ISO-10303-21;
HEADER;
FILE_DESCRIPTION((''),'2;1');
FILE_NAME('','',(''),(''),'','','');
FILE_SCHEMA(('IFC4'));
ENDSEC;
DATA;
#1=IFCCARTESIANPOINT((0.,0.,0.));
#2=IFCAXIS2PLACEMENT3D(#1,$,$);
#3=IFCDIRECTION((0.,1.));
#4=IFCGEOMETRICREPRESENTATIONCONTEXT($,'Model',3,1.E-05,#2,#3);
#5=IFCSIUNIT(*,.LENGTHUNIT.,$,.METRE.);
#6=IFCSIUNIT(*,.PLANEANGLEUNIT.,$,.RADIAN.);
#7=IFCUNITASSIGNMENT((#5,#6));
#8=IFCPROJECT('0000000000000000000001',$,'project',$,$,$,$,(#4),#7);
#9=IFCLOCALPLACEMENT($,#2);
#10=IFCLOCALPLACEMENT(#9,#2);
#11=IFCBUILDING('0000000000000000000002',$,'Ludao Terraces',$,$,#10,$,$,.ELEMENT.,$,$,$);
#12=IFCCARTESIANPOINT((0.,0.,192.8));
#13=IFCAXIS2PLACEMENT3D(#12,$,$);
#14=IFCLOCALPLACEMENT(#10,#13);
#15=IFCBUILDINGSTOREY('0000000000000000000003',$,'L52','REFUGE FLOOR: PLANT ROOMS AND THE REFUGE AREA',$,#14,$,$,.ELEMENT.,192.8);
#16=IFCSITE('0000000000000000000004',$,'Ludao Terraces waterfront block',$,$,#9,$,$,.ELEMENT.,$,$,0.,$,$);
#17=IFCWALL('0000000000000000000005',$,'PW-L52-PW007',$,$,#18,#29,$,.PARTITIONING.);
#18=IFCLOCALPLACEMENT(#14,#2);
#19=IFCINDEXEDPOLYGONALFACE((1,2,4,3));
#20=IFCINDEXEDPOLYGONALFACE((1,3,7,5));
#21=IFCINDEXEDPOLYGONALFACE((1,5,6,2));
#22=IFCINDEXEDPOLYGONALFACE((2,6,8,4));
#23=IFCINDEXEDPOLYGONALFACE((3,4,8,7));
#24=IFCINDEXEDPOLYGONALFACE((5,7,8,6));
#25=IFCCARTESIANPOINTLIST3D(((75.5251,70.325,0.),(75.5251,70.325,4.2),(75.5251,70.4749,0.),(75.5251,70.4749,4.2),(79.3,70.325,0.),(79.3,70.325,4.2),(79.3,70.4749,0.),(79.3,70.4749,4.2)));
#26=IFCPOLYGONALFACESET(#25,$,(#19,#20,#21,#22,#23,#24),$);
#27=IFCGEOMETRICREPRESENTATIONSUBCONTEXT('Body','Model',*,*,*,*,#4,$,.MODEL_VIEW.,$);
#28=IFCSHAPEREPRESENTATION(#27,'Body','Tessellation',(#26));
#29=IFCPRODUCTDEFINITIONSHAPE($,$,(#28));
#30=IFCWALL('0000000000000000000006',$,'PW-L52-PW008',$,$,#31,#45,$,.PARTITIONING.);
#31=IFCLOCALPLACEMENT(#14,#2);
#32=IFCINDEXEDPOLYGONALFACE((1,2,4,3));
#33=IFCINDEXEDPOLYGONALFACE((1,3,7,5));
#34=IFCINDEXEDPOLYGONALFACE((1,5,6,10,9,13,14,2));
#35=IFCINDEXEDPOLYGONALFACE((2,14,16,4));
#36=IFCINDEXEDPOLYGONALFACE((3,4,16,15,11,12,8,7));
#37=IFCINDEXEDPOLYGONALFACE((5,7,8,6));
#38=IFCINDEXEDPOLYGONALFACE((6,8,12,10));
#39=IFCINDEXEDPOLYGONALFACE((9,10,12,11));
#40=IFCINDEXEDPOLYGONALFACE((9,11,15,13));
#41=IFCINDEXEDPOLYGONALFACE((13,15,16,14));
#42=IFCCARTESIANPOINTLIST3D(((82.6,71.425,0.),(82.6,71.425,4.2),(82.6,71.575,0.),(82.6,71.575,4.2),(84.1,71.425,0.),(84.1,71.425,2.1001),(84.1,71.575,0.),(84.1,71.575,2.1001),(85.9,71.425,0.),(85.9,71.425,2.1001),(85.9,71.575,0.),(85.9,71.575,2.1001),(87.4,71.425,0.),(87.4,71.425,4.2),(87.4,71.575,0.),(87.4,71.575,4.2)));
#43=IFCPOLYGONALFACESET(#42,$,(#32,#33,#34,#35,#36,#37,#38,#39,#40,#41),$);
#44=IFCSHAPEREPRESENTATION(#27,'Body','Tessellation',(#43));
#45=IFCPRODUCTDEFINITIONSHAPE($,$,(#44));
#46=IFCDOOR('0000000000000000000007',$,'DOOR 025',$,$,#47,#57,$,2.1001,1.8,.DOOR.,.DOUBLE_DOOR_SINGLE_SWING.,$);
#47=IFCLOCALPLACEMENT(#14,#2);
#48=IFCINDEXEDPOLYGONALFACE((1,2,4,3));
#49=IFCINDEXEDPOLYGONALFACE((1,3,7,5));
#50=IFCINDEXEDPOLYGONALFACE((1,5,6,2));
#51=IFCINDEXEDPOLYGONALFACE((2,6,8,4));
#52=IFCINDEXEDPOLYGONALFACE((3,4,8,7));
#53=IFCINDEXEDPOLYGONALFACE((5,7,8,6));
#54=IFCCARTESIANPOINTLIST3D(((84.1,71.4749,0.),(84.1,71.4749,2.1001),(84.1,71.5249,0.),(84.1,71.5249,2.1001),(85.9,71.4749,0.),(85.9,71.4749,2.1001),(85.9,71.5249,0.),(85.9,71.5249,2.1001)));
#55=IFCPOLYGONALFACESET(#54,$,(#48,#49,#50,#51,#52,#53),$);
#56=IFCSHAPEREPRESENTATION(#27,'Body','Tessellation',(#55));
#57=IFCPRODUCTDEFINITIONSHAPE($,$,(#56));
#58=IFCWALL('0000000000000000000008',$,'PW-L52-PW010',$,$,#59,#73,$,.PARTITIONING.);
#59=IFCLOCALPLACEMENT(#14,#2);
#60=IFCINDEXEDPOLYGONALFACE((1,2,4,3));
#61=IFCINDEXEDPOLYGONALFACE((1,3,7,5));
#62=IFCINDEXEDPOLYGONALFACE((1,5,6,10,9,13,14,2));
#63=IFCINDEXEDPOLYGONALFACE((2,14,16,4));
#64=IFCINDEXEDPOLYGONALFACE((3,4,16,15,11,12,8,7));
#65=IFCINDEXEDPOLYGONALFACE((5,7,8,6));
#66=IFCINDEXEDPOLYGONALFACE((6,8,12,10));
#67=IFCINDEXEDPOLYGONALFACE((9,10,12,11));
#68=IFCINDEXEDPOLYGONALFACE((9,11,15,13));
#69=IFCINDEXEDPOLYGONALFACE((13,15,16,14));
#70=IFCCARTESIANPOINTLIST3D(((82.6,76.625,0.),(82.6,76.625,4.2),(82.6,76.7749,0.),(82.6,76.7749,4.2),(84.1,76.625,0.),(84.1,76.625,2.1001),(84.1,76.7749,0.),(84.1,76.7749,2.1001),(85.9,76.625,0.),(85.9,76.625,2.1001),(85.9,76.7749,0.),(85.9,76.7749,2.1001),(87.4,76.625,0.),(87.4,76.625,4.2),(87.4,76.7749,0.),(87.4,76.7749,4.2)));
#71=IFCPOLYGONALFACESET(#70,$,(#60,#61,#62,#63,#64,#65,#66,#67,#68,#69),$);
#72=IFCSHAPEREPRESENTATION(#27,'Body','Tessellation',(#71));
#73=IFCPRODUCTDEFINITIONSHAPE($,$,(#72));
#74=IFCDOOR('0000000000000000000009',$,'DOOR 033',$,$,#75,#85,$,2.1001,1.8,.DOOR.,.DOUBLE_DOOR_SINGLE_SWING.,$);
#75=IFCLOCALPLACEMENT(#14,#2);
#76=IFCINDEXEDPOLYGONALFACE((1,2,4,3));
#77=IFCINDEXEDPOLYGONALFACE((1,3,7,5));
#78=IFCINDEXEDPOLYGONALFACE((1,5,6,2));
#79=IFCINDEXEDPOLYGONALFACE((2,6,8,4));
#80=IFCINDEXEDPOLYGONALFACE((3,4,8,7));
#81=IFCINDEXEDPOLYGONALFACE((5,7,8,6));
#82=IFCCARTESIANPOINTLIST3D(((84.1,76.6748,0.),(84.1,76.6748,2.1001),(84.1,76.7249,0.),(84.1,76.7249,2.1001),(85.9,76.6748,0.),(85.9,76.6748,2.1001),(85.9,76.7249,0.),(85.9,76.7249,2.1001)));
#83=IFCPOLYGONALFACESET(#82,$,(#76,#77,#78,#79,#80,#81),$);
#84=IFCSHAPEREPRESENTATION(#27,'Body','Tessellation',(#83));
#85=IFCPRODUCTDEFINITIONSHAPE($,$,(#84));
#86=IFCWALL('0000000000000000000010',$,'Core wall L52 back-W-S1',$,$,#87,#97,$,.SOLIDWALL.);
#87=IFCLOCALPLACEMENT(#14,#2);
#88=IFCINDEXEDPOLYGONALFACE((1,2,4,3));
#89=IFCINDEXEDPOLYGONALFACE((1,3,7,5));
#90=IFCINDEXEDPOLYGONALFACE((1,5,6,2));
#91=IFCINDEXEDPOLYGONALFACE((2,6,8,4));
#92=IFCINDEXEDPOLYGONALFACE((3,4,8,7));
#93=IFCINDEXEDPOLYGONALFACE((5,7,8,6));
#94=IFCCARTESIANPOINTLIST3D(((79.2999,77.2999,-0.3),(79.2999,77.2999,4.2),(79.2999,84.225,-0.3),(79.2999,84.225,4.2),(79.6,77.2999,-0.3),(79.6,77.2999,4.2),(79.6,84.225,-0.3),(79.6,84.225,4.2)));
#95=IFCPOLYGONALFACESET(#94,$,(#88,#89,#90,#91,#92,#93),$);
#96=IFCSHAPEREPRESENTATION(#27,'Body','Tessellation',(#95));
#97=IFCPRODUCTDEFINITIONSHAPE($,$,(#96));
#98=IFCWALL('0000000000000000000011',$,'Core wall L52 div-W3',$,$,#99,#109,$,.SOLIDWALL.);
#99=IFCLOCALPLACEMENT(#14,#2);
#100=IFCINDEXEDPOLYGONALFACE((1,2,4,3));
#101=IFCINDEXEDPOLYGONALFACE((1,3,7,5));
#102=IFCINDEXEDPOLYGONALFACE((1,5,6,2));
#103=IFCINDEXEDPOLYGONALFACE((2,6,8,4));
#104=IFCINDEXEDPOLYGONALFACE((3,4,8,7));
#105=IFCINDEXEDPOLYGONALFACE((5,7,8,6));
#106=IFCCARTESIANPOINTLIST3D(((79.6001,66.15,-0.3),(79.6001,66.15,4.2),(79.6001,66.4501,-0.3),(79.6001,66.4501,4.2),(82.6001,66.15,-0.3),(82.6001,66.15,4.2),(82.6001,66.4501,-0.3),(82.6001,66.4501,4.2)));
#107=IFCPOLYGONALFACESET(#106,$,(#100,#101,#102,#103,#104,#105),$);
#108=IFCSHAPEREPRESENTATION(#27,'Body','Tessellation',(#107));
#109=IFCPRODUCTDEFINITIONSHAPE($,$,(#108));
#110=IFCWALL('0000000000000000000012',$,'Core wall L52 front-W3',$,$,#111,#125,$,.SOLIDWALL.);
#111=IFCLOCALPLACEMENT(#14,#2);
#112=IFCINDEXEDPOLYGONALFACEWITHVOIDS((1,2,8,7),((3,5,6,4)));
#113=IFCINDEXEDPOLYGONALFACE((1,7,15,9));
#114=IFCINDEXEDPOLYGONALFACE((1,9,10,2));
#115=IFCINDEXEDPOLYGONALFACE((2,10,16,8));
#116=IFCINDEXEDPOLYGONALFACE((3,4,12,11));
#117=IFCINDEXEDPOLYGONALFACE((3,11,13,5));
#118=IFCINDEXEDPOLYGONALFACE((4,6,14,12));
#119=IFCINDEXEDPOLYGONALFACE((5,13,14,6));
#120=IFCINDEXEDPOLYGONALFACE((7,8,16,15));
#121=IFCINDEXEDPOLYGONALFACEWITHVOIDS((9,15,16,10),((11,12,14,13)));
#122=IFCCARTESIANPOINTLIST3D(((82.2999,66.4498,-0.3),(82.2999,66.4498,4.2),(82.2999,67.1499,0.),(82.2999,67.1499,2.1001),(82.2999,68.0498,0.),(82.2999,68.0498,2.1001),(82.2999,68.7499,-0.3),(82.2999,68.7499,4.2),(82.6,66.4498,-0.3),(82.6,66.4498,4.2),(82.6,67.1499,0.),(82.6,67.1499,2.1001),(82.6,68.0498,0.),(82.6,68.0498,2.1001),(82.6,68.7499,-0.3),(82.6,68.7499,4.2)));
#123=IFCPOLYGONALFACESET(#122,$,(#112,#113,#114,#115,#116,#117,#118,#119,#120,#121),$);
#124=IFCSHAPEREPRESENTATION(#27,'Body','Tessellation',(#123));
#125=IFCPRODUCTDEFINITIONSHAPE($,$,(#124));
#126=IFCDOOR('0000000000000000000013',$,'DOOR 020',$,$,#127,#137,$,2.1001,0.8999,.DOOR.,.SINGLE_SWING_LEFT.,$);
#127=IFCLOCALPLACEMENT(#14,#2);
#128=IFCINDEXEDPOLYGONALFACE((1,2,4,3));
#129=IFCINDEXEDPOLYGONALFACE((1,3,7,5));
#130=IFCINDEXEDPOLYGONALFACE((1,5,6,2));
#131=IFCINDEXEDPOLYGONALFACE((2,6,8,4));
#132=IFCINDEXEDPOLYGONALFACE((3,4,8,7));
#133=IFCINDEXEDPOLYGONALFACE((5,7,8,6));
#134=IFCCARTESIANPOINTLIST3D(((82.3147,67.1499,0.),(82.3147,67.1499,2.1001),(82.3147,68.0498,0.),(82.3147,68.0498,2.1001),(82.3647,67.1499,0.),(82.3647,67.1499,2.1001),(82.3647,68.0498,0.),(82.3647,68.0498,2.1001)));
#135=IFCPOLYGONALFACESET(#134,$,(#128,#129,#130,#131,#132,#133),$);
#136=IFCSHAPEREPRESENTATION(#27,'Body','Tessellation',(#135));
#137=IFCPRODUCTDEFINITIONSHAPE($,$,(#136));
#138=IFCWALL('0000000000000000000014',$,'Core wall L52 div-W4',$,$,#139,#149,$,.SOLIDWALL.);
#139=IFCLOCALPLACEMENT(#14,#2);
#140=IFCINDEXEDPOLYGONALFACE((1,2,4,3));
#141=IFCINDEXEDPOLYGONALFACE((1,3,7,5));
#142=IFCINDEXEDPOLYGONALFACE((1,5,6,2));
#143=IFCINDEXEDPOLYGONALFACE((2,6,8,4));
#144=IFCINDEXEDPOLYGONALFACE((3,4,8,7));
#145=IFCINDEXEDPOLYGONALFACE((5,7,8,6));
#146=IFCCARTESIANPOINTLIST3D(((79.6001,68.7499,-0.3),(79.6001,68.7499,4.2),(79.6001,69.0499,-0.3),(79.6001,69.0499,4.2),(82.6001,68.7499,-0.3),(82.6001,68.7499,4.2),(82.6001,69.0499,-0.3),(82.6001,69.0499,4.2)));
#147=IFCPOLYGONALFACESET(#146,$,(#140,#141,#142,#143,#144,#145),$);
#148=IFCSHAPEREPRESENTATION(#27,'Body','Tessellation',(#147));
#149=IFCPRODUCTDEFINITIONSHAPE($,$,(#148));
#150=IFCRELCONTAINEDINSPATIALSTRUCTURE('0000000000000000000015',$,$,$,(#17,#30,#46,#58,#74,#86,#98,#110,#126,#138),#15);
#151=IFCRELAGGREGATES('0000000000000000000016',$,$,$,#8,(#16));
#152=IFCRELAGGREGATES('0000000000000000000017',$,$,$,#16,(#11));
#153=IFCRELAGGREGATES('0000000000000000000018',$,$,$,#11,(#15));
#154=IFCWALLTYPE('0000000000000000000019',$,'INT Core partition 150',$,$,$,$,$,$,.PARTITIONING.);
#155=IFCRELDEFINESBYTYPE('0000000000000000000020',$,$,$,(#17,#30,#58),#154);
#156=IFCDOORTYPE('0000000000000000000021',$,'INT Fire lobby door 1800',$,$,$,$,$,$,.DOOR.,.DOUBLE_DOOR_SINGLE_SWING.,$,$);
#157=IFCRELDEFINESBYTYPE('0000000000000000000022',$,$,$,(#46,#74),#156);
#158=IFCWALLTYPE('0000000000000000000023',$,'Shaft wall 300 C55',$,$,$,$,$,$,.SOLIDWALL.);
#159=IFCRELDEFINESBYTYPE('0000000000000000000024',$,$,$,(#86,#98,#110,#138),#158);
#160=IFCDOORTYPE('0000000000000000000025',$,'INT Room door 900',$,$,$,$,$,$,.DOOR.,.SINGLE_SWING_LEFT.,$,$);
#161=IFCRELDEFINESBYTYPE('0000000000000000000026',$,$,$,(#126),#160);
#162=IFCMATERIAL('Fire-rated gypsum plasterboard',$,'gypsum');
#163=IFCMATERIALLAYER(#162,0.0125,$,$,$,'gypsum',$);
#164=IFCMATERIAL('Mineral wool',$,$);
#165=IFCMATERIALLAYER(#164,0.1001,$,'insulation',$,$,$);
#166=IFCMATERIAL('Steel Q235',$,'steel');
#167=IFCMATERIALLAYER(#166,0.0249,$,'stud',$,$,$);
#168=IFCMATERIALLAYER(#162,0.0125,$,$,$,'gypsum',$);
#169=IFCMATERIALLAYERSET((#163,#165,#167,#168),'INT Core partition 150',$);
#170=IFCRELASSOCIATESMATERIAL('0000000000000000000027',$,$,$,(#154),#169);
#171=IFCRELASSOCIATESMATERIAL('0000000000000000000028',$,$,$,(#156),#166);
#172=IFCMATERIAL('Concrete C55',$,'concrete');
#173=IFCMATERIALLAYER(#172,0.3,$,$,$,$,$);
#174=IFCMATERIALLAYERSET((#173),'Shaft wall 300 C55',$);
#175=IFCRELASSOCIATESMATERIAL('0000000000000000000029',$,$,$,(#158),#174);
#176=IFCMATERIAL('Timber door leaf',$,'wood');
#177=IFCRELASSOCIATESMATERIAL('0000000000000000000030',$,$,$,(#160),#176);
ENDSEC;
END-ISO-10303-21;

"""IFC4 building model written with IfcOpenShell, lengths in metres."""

from ifc_helpers import new_model, si_unit, direction, frame, frame_2d, origin, place, context, subcontext, project, spatial, rectangle, extrude, material, layer, layer_set, type_object, element, fill, save


model = new_model("IFC4")

# Units and contexts
model_context = context("Model", 3, precision=1e-05, world=origin(), true_north=direction((0.0, 1.0)))
body_context = subcontext(model_context, "Body", "Model", "MODEL_VIEW")
ifc_project = project(units=[si_unit("LENGTHUNIT", "METRE"), si_unit("PLANEANGLEUNIT", "RADIAN")], contexts=[model_context])

# Site, building, storey
site_placement = place(None, origin())
site = spatial("IfcSite", under=ifc_project, at=site_placement, Name="Ludao Terraces waterfront block", CompositionType="ELEMENT", RefElevation=0.0)
building_placement = place(site_placement, origin())
building = spatial("IfcBuilding", under=site, at=building_placement, Name="Ludao Terraces", CompositionType="ELEMENT")
storey_placement = place(building_placement, frame((0.0, 0.0, 192.8)))
storey = spatial("IfcBuildingStorey", under=building, at=storey_placement, Name="L52", Description="REFUGE FLOOR: PLANT ROOMS AND THE REFUGE AREA", CompositionType="ELEMENT", Elevation=192.8)

# Wall
ifc_material_1 = material(Name="Fire-rated gypsum plasterboard", Category="gypsum")
ifc_layer_1 = layer(ifc_material_1, 0.0125, Category="gypsum")
ifc_material_2 = material(Name="Mineral wool")
ifc_layer_2 = layer(ifc_material_2, 0.1001, Name="insulation")
ifc_material_3 = material(Name="Steel Q235", Category="steel")
ifc_layer_3 = layer(ifc_material_3, 0.0249, Name="stud")
ifc_layer_4 = layer(ifc_material_1, 0.0125, Category="gypsum")
ifc_layer_set_1 = layer_set([ifc_layer_1, ifc_layer_2, ifc_layer_3, ifc_layer_4], Name="INT Core partition 150")
wall_type_1 = type_object("IfcWallType", Name="INT Core partition 150", PredefinedType="PARTITIONING", material=ifc_layer_set_1)
wall_1_placement = place(storey_placement, frame((75.5251, 70.3999, 0.0), z_axis=(0.0, 0.0, 1.0), x_axis=(1.0, 0.0, 0.0)))
element("IfcWall", 1, at=wall_1_placement, inside=storey, type_object=wall_type_1, Name="PW-L52-PW007", PredefinedType="PARTITIONING", context=body_context, shape_type="SweptSolid", body=[
    extrude(rectangle(XDim=3.7749, YDim=0.1499, at=frame_2d((1.8875, 0.0))), origin(), (0.0, 0.0, 1.0), 4.2),
])

# Walls, openings, doors
wall_2_placement = place(storey_placement, frame((82.6001, 71.5, 0.0), z_axis=(0.0, 0.0, 1.0), x_axis=(1.0, 0.0, 0.0)))
wall_2 = element("IfcWall", 2, at=wall_2_placement, inside=storey, type_object=wall_type_1, Name="PW-L52-PW008", PredefinedType="PARTITIONING", context=body_context, shape_type="SweptSolid", body=[
    extrude(rectangle(XDim=4.8, YDim=0.1499, at=frame_2d((2.3999, 0.0))), origin(), (0.0, 0.0, 1.0), 4.2),
])
opening_1_placement = place(wall_2_placement, frame((1.5, 0.0, 0.0)))
opening_1 = element("IfcOpeningElement", 3, at=opening_1_placement, cuts=wall_2, PredefinedType="OPENING", context=body_context, shape_type="SweptSolid", body=[
    extrude(rectangle(XDim=1.8, YDim=2.1001, at=frame_2d((0.8999, 1.05))), frame((0.0, 0.085, 0.0), z_axis=(0.0, -1.0, 0.0), x_axis=(1.0, 0.0, 0.0)), (0.0, 0.0, 1.0), 0.1699),
])
door_type_1 = type_object("IfcDoorType", Name="INT Fire lobby door 1800", OperationType="DOUBLE_DOOR_SINGLE_SWING", PredefinedType="DOOR", material=ifc_material_3)
door_1_placement = place(opening_1_placement, origin())
door_1 = element("IfcDoor", 4, at=door_1_placement, inside=storey, type_object=door_type_1, Name="DOOR 025", OperationType="DOUBLE_DOOR_SINGLE_SWING", OverallHeight=2.1001, OverallWidth=1.8, PredefinedType="DOOR", context=body_context, shape_type="SweptSolid", body=[
    extrude(rectangle(XDim=1.8, YDim=2.1001, at=frame_2d((0.8999, 1.05))), frame((0.0, 0.0249, 0.0), z_axis=(0.0, -1.0, 0.0), x_axis=(1.0, 0.0, 0.0)), (0.0, 0.0, 1.0), 0.05),
])
fill(opening_1, door_1)
wall_3_placement = place(storey_placement, frame((82.6001, 76.7, 0.0), z_axis=(0.0, 0.0, 1.0), x_axis=(1.0, 0.0, 0.0)))
wall_3 = element("IfcWall", 5, at=wall_3_placement, inside=storey, type_object=wall_type_1, Name="PW-L52-PW010", PredefinedType="PARTITIONING", context=body_context, shape_type="SweptSolid", body=[
    extrude(rectangle(XDim=4.8, YDim=0.1499, at=frame_2d((2.3999, 0.0))), origin(), (0.0, 0.0, 1.0), 4.2),
])
opening_2_placement = place(wall_3_placement, frame((1.5, 0.0, 0.0)))
opening_2 = element("IfcOpeningElement", 6, at=opening_2_placement, cuts=wall_3, PredefinedType="OPENING", context=body_context, shape_type="SweptSolid", body=[
    extrude(rectangle(XDim=1.8, YDim=2.1001, at=frame_2d((0.8999, 1.05))), frame((0.0, 0.085, 0.0), z_axis=(0.0, -1.0, 0.0), x_axis=(1.0, 0.0, 0.0)), (0.0, 0.0, 1.0), 0.1699),
])
door_2_placement = place(opening_2_placement, origin())
door_2 = element("IfcDoor", 7, at=door_2_placement, inside=storey, type_object=door_type_1, Name="DOOR 033", OperationType="DOUBLE_DOOR_SINGLE_SWING", OverallHeight=2.1001, OverallWidth=1.8, PredefinedType="DOOR", context=body_context, shape_type="SweptSolid", body=[
    extrude(rectangle(XDim=1.8, YDim=2.1001, at=frame_2d((0.8999, 1.05))), frame((0.0, 0.0249, 0.0), z_axis=(0.0, -1.0, 0.0), x_axis=(1.0, 0.0, 0.0)), (0.0, 0.0, 1.0), 0.05),
])
fill(opening_2, door_2)

# Walls
ifc_material_4 = material(Name="Concrete C55", Category="concrete")
ifc_layer_5 = layer(ifc_material_4, 0.3)
ifc_layer_set_2 = layer_set([ifc_layer_5], Name="Shaft wall 300 C55")
wall_type_2 = type_object("IfcWallType", Name="Shaft wall 300 C55", PredefinedType="SOLIDWALL", material=ifc_layer_set_2)
wall_4_placement = place(storey_placement, frame((79.45, 77.3, -0.3), z_axis=(0.0, 0.0, 1.0), x_axis=(0.0, 1.0, 0.0)))
element("IfcWall", 8, at=wall_4_placement, inside=storey, type_object=wall_type_2, Name="Core wall L52 back-W-S1", PredefinedType="SOLIDWALL", context=body_context, shape_type="SweptSolid", body=[
    extrude(rectangle(XDim=6.925, YDim=0.3, at=frame_2d((3.4624, 0.0))), origin(), (0.0, 0.0, 1.0), 4.5),
])
wall_5_placement = place(storey_placement, frame((79.6001, 66.3, -0.3), z_axis=(0.0, 0.0, 1.0), x_axis=(1.0, 0.0, 0.0)))
element("IfcWall", 9, at=wall_5_placement, inside=storey, type_object=wall_type_2, Name="Core wall L52 div-W3", PredefinedType="SOLIDWALL", context=body_context, shape_type="SweptSolid", body=[
    extrude(rectangle(XDim=3.0, YDim=0.3, at=frame_2d((1.5, 0.0))), origin(), (0.0, 0.0, 1.0), 4.5),
])

# Wall, opening, door
wall_6_placement = place(storey_placement, frame((82.45, 66.45, -0.3), z_axis=(0.0, 0.0, 1.0), x_axis=(0.0, 1.0, 0.0)))
wall_6 = element("IfcWall", 10, at=wall_6_placement, inside=storey, type_object=wall_type_2, Name="Core wall L52 front-W3", PredefinedType="SOLIDWALL", context=body_context, shape_type="SweptSolid", body=[
    extrude(rectangle(XDim=2.3, YDim=0.3, at=frame_2d((1.1499, 0.0))), origin(), (0.0, 0.0, 1.0), 4.5),
])
opening_3_placement = place(wall_6_placement, frame((0.7, 0.0, 0.3)))
opening_3 = element("IfcOpeningElement", 11, at=opening_3_placement, cuts=wall_6, PredefinedType="OPENING", context=body_context, shape_type="SweptSolid", body=[
    extrude(rectangle(XDim=0.8999, YDim=2.1001, at=frame_2d((0.45, 1.05))), frame((0.0, 0.1602, 0.0), z_axis=(0.0, -1.0, 0.0), x_axis=(1.0, 0.0, 0.0)), (0.0, 0.0, 1.0), 0.3201),
])
ifc_material_5 = material(Name="Timber door leaf", Category="wood")
door_type_2 = type_object("IfcDoorType", Name="INT Room door 900", OperationType="SINGLE_SWING_LEFT", PredefinedType="DOOR", material=ifc_material_5)
door_3_placement = place(opening_3_placement, origin())
door_3 = element("IfcDoor", 12, at=door_3_placement, inside=storey, type_object=door_type_2, Name="DOOR 020", OperationType="SINGLE_SWING_LEFT", OverallHeight=2.1001, OverallWidth=0.8999, PredefinedType="DOOR", context=body_context, shape_type="SweptSolid", body=[
    extrude(rectangle(XDim=0.8999, YDim=2.1001, at=frame_2d((0.45, 1.05))), frame((0.0, 0.1353, 0.0), z_axis=(0.0, -1.0, 0.0), x_axis=(1.0, 0.0, 0.0)), (0.0, 0.0, 1.0), 0.05),
])
fill(opening_3, door_3)

# Wall
wall_7_placement = place(storey_placement, frame((79.6001, 68.8999, -0.3), z_axis=(0.0, 0.0, 1.0), x_axis=(1.0, 0.0, 0.0)))
element("IfcWall", 13, at=wall_7_placement, inside=storey, type_object=wall_type_2, Name="Core wall L52 div-W4", PredefinedType="SOLIDWALL", context=body_context, shape_type="SweptSolid", body=[
    extrude(rectangle(XDim=3.0, YDim=0.3, at=frame_2d((1.5, 0.0))), origin(), (0.0, 0.0, 1.0), 4.5),
])

save(model, "model.ifc")
